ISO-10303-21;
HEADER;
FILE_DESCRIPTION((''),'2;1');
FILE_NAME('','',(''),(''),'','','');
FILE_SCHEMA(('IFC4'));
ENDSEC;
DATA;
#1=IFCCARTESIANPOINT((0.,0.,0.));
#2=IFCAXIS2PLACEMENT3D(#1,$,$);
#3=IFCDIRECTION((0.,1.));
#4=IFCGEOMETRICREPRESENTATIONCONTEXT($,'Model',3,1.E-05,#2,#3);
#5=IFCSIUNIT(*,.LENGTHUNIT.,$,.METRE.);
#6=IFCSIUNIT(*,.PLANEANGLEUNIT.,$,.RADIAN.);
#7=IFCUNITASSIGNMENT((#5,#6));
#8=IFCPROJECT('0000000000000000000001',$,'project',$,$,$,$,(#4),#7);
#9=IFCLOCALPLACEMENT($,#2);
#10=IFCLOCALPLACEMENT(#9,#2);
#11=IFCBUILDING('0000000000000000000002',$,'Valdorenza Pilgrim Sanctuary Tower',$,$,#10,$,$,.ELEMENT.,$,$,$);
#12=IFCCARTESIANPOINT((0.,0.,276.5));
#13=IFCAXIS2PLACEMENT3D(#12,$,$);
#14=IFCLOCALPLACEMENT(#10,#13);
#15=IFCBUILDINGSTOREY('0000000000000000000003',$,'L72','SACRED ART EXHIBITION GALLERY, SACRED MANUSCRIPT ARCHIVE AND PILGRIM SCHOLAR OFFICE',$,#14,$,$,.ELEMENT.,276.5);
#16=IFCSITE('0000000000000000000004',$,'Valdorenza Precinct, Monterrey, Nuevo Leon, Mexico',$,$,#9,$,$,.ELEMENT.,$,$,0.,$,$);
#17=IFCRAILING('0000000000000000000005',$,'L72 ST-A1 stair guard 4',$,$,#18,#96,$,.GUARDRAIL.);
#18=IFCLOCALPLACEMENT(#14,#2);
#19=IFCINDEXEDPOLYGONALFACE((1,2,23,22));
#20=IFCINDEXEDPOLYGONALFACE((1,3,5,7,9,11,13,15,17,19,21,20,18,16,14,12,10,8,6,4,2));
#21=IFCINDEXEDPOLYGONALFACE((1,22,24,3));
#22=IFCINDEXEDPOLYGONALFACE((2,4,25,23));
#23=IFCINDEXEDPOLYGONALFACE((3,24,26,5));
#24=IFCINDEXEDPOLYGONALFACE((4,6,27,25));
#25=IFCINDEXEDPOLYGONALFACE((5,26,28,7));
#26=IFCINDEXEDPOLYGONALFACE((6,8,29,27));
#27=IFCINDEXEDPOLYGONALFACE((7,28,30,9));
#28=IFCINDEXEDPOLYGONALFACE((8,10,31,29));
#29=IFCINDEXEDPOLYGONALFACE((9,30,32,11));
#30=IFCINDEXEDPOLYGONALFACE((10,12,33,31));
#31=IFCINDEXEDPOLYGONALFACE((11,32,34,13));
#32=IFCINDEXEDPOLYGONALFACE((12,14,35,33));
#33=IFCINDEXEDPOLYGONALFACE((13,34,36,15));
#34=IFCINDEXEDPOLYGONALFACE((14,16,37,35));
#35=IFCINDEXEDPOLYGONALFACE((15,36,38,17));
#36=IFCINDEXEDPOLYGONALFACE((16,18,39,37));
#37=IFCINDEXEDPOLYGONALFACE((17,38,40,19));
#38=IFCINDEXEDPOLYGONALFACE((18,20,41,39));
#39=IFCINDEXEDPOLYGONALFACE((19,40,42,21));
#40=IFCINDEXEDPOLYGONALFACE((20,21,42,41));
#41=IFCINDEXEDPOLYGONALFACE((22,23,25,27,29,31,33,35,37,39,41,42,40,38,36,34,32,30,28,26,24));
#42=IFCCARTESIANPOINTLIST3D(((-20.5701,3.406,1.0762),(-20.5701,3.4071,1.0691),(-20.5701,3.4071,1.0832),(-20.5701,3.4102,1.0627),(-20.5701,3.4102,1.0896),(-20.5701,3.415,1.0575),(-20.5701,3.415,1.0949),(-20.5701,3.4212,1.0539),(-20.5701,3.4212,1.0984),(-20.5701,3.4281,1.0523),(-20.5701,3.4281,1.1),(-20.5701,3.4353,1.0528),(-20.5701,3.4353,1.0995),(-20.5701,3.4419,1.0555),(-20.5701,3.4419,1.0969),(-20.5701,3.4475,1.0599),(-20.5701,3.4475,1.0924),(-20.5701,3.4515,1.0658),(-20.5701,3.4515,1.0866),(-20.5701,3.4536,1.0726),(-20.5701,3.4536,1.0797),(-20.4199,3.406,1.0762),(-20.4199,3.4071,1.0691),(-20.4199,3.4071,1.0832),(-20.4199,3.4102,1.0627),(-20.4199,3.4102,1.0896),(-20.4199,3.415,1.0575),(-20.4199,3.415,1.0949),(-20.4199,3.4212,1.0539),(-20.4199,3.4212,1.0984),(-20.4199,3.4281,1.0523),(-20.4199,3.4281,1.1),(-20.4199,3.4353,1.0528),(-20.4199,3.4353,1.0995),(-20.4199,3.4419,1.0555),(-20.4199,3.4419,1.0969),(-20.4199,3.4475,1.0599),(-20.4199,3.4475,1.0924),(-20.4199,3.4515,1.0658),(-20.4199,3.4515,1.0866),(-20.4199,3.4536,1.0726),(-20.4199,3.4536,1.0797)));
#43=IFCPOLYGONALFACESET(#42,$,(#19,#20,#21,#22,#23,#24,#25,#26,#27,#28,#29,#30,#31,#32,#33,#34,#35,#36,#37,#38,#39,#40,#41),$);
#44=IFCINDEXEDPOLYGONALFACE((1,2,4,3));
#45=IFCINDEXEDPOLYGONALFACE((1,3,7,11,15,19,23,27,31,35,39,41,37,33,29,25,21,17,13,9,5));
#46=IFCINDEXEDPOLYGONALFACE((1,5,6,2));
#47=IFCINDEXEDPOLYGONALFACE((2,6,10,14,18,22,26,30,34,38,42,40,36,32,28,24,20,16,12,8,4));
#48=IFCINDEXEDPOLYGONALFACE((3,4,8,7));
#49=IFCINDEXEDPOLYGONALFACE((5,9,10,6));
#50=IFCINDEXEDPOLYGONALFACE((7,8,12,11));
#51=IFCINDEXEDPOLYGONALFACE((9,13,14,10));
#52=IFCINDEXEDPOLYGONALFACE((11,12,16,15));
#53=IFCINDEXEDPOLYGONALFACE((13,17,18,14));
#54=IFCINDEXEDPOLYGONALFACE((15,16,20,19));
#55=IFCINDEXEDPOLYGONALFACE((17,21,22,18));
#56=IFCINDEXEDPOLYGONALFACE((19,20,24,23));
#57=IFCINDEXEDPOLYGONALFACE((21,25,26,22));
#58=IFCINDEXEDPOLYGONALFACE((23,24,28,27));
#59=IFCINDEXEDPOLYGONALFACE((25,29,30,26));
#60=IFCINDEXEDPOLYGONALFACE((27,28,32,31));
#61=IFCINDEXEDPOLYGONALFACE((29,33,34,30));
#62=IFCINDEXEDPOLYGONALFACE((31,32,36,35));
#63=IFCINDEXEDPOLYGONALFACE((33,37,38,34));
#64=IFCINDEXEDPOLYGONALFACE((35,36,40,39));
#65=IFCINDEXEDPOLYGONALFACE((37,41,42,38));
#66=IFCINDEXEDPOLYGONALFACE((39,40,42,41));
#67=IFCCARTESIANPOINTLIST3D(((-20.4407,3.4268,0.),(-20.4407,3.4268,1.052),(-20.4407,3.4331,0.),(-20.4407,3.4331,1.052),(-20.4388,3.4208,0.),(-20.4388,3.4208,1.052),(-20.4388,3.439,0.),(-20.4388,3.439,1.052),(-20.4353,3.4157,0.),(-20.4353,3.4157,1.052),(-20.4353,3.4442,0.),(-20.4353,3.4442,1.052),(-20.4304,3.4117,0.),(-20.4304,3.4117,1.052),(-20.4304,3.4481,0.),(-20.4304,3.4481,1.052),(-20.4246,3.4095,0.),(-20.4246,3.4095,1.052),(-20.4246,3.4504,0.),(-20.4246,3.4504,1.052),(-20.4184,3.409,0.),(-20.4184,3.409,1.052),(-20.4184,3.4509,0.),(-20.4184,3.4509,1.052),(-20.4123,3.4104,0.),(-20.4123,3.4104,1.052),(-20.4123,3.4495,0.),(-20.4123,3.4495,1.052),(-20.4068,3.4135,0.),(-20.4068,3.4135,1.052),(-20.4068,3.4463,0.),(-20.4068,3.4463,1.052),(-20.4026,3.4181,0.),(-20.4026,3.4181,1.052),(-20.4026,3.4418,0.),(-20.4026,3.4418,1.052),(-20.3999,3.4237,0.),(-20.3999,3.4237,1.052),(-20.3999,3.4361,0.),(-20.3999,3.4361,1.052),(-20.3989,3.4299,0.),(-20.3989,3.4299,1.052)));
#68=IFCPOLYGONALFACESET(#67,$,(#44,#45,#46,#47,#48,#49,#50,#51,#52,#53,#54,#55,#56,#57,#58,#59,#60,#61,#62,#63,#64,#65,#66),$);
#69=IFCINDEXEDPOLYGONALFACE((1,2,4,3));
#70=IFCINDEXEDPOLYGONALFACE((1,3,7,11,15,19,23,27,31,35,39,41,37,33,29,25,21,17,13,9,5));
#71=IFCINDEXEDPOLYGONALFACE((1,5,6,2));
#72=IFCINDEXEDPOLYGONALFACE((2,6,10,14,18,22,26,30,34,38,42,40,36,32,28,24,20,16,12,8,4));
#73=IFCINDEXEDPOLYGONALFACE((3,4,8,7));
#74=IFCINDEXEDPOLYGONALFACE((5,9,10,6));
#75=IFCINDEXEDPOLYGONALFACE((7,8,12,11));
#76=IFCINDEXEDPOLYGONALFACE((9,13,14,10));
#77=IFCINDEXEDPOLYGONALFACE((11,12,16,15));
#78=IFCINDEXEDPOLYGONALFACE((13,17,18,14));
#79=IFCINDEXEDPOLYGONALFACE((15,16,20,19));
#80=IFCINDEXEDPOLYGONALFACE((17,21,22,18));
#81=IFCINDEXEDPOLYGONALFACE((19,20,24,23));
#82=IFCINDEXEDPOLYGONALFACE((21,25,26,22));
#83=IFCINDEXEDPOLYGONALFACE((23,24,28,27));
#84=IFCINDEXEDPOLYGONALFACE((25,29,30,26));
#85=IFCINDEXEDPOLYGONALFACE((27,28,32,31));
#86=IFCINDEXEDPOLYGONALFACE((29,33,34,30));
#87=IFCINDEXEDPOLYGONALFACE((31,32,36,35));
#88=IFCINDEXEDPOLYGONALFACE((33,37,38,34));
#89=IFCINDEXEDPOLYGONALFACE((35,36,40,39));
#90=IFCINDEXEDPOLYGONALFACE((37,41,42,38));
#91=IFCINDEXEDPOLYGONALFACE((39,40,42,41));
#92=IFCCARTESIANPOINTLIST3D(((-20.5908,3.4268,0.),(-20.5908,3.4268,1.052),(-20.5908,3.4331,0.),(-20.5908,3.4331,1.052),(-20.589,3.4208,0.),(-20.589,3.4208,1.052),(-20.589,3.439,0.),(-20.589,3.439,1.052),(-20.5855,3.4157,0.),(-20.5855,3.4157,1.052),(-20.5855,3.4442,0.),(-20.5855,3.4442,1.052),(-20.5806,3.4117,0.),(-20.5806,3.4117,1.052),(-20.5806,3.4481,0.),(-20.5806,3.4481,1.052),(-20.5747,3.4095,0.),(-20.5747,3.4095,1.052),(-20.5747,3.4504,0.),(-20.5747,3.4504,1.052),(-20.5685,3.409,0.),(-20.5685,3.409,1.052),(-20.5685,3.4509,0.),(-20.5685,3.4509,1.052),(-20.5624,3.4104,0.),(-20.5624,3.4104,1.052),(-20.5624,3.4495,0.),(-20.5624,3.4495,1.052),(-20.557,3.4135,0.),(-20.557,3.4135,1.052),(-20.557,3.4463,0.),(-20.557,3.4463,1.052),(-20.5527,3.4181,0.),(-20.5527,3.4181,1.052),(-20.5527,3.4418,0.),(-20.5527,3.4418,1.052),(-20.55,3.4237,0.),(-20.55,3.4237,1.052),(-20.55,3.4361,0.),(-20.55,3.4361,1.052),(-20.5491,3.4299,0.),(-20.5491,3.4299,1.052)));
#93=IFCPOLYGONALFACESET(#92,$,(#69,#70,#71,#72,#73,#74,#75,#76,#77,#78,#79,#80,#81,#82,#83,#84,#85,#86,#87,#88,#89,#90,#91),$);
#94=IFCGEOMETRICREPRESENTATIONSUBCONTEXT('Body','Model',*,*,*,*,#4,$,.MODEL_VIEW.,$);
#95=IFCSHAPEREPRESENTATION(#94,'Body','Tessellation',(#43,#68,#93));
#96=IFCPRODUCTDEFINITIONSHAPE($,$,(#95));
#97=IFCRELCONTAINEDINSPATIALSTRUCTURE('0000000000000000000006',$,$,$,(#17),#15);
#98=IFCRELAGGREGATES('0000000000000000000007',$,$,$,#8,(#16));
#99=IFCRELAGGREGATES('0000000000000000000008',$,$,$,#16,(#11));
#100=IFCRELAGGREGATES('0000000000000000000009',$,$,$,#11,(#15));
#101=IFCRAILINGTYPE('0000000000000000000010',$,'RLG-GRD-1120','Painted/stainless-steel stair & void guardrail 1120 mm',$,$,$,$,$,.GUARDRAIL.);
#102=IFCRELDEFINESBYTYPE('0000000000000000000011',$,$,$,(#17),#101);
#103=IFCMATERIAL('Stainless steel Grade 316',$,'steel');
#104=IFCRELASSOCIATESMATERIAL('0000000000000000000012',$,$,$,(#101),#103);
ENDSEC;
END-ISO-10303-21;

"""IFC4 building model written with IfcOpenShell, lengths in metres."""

from ifc_helpers import new_model, si_unit, direction, frame, origin, origin_2d, place, context, subcontext, project, spatial, circle, extrude, material, type_object, element, save


model = new_model("IFC4")

# Units and contexts
model_context = context("Model", 3, precision=1e-05, world=origin(), true_north=direction((0.0, 1.0)))
body_context = subcontext(model_context, "Body", "Model", "MODEL_VIEW")
ifc_project = project(units=[si_unit("LENGTHUNIT", "METRE"), si_unit("PLANEANGLEUNIT", "RADIAN")], contexts=[model_context])

# Site, building, storey
site_placement = place(None, origin())
site = spatial("IfcSite", under=ifc_project, at=site_placement, Name="Valdorenza Precinct, Monterrey, Nuevo Leon, Mexico", CompositionType="ELEMENT", RefElevation=0.0)
building_placement = place(site_placement, origin())
building = spatial("IfcBuilding", under=site, at=building_placement, Name="Valdorenza Pilgrim Sanctuary Tower", CompositionType="ELEMENT")
storey_placement = place(building_placement, frame((0.0, 0.0, 276.5)))
storey = spatial("IfcBuildingStorey", under=building, at=storey_placement, Name="L72", Description="SACRED ART EXHIBITION GALLERY, SACRED MANUSCRIPT ARCHIVE AND PILGRIM SCHOLAR OFFICE", CompositionType="ELEMENT", Elevation=276.5)

# Railing
ifc_material_1 = material(Name="Stainless steel Grade 316", Category="steel")
railing_type_1 = type_object("IfcRailingType", Name="RLG-GRD-1120", Description="Painted/stainless-steel stair & void guardrail 1120 mm", PredefinedType="GUARDRAIL", material=ifc_material_1)
railing_1_placement = place(storey_placement, frame((-20.4199, 3.4299, 0.0)))
element("IfcRailing", 1, at=railing_1_placement, inside=storey, type_object=railing_type_1, Name="L72 ST-A1 stair guard 4", PredefinedType="GUARDRAIL", context=body_context, shape_type="SweptSolid", body=[
    extrude(circle(Radius=0.0239, at=origin_2d()), frame((0.0, 0.0, 1.0762), z_axis=(-1.0, 0.0, 0.0), x_axis=(0.0, -1.0, 0.0)), (0.0, 0.0, 1.0), 0.1501),
    extrude(circle(Radius=0.021, at=origin_2d()), origin(), (0.0, 0.0, 1.0), 1.052),
    extrude(circle(Radius=0.021, at=origin_2d()), frame((-0.1501, 0.0, 0.0)), (0.0, 0.0, 1.0), 1.052),
])

save(model, "model.ifc")
